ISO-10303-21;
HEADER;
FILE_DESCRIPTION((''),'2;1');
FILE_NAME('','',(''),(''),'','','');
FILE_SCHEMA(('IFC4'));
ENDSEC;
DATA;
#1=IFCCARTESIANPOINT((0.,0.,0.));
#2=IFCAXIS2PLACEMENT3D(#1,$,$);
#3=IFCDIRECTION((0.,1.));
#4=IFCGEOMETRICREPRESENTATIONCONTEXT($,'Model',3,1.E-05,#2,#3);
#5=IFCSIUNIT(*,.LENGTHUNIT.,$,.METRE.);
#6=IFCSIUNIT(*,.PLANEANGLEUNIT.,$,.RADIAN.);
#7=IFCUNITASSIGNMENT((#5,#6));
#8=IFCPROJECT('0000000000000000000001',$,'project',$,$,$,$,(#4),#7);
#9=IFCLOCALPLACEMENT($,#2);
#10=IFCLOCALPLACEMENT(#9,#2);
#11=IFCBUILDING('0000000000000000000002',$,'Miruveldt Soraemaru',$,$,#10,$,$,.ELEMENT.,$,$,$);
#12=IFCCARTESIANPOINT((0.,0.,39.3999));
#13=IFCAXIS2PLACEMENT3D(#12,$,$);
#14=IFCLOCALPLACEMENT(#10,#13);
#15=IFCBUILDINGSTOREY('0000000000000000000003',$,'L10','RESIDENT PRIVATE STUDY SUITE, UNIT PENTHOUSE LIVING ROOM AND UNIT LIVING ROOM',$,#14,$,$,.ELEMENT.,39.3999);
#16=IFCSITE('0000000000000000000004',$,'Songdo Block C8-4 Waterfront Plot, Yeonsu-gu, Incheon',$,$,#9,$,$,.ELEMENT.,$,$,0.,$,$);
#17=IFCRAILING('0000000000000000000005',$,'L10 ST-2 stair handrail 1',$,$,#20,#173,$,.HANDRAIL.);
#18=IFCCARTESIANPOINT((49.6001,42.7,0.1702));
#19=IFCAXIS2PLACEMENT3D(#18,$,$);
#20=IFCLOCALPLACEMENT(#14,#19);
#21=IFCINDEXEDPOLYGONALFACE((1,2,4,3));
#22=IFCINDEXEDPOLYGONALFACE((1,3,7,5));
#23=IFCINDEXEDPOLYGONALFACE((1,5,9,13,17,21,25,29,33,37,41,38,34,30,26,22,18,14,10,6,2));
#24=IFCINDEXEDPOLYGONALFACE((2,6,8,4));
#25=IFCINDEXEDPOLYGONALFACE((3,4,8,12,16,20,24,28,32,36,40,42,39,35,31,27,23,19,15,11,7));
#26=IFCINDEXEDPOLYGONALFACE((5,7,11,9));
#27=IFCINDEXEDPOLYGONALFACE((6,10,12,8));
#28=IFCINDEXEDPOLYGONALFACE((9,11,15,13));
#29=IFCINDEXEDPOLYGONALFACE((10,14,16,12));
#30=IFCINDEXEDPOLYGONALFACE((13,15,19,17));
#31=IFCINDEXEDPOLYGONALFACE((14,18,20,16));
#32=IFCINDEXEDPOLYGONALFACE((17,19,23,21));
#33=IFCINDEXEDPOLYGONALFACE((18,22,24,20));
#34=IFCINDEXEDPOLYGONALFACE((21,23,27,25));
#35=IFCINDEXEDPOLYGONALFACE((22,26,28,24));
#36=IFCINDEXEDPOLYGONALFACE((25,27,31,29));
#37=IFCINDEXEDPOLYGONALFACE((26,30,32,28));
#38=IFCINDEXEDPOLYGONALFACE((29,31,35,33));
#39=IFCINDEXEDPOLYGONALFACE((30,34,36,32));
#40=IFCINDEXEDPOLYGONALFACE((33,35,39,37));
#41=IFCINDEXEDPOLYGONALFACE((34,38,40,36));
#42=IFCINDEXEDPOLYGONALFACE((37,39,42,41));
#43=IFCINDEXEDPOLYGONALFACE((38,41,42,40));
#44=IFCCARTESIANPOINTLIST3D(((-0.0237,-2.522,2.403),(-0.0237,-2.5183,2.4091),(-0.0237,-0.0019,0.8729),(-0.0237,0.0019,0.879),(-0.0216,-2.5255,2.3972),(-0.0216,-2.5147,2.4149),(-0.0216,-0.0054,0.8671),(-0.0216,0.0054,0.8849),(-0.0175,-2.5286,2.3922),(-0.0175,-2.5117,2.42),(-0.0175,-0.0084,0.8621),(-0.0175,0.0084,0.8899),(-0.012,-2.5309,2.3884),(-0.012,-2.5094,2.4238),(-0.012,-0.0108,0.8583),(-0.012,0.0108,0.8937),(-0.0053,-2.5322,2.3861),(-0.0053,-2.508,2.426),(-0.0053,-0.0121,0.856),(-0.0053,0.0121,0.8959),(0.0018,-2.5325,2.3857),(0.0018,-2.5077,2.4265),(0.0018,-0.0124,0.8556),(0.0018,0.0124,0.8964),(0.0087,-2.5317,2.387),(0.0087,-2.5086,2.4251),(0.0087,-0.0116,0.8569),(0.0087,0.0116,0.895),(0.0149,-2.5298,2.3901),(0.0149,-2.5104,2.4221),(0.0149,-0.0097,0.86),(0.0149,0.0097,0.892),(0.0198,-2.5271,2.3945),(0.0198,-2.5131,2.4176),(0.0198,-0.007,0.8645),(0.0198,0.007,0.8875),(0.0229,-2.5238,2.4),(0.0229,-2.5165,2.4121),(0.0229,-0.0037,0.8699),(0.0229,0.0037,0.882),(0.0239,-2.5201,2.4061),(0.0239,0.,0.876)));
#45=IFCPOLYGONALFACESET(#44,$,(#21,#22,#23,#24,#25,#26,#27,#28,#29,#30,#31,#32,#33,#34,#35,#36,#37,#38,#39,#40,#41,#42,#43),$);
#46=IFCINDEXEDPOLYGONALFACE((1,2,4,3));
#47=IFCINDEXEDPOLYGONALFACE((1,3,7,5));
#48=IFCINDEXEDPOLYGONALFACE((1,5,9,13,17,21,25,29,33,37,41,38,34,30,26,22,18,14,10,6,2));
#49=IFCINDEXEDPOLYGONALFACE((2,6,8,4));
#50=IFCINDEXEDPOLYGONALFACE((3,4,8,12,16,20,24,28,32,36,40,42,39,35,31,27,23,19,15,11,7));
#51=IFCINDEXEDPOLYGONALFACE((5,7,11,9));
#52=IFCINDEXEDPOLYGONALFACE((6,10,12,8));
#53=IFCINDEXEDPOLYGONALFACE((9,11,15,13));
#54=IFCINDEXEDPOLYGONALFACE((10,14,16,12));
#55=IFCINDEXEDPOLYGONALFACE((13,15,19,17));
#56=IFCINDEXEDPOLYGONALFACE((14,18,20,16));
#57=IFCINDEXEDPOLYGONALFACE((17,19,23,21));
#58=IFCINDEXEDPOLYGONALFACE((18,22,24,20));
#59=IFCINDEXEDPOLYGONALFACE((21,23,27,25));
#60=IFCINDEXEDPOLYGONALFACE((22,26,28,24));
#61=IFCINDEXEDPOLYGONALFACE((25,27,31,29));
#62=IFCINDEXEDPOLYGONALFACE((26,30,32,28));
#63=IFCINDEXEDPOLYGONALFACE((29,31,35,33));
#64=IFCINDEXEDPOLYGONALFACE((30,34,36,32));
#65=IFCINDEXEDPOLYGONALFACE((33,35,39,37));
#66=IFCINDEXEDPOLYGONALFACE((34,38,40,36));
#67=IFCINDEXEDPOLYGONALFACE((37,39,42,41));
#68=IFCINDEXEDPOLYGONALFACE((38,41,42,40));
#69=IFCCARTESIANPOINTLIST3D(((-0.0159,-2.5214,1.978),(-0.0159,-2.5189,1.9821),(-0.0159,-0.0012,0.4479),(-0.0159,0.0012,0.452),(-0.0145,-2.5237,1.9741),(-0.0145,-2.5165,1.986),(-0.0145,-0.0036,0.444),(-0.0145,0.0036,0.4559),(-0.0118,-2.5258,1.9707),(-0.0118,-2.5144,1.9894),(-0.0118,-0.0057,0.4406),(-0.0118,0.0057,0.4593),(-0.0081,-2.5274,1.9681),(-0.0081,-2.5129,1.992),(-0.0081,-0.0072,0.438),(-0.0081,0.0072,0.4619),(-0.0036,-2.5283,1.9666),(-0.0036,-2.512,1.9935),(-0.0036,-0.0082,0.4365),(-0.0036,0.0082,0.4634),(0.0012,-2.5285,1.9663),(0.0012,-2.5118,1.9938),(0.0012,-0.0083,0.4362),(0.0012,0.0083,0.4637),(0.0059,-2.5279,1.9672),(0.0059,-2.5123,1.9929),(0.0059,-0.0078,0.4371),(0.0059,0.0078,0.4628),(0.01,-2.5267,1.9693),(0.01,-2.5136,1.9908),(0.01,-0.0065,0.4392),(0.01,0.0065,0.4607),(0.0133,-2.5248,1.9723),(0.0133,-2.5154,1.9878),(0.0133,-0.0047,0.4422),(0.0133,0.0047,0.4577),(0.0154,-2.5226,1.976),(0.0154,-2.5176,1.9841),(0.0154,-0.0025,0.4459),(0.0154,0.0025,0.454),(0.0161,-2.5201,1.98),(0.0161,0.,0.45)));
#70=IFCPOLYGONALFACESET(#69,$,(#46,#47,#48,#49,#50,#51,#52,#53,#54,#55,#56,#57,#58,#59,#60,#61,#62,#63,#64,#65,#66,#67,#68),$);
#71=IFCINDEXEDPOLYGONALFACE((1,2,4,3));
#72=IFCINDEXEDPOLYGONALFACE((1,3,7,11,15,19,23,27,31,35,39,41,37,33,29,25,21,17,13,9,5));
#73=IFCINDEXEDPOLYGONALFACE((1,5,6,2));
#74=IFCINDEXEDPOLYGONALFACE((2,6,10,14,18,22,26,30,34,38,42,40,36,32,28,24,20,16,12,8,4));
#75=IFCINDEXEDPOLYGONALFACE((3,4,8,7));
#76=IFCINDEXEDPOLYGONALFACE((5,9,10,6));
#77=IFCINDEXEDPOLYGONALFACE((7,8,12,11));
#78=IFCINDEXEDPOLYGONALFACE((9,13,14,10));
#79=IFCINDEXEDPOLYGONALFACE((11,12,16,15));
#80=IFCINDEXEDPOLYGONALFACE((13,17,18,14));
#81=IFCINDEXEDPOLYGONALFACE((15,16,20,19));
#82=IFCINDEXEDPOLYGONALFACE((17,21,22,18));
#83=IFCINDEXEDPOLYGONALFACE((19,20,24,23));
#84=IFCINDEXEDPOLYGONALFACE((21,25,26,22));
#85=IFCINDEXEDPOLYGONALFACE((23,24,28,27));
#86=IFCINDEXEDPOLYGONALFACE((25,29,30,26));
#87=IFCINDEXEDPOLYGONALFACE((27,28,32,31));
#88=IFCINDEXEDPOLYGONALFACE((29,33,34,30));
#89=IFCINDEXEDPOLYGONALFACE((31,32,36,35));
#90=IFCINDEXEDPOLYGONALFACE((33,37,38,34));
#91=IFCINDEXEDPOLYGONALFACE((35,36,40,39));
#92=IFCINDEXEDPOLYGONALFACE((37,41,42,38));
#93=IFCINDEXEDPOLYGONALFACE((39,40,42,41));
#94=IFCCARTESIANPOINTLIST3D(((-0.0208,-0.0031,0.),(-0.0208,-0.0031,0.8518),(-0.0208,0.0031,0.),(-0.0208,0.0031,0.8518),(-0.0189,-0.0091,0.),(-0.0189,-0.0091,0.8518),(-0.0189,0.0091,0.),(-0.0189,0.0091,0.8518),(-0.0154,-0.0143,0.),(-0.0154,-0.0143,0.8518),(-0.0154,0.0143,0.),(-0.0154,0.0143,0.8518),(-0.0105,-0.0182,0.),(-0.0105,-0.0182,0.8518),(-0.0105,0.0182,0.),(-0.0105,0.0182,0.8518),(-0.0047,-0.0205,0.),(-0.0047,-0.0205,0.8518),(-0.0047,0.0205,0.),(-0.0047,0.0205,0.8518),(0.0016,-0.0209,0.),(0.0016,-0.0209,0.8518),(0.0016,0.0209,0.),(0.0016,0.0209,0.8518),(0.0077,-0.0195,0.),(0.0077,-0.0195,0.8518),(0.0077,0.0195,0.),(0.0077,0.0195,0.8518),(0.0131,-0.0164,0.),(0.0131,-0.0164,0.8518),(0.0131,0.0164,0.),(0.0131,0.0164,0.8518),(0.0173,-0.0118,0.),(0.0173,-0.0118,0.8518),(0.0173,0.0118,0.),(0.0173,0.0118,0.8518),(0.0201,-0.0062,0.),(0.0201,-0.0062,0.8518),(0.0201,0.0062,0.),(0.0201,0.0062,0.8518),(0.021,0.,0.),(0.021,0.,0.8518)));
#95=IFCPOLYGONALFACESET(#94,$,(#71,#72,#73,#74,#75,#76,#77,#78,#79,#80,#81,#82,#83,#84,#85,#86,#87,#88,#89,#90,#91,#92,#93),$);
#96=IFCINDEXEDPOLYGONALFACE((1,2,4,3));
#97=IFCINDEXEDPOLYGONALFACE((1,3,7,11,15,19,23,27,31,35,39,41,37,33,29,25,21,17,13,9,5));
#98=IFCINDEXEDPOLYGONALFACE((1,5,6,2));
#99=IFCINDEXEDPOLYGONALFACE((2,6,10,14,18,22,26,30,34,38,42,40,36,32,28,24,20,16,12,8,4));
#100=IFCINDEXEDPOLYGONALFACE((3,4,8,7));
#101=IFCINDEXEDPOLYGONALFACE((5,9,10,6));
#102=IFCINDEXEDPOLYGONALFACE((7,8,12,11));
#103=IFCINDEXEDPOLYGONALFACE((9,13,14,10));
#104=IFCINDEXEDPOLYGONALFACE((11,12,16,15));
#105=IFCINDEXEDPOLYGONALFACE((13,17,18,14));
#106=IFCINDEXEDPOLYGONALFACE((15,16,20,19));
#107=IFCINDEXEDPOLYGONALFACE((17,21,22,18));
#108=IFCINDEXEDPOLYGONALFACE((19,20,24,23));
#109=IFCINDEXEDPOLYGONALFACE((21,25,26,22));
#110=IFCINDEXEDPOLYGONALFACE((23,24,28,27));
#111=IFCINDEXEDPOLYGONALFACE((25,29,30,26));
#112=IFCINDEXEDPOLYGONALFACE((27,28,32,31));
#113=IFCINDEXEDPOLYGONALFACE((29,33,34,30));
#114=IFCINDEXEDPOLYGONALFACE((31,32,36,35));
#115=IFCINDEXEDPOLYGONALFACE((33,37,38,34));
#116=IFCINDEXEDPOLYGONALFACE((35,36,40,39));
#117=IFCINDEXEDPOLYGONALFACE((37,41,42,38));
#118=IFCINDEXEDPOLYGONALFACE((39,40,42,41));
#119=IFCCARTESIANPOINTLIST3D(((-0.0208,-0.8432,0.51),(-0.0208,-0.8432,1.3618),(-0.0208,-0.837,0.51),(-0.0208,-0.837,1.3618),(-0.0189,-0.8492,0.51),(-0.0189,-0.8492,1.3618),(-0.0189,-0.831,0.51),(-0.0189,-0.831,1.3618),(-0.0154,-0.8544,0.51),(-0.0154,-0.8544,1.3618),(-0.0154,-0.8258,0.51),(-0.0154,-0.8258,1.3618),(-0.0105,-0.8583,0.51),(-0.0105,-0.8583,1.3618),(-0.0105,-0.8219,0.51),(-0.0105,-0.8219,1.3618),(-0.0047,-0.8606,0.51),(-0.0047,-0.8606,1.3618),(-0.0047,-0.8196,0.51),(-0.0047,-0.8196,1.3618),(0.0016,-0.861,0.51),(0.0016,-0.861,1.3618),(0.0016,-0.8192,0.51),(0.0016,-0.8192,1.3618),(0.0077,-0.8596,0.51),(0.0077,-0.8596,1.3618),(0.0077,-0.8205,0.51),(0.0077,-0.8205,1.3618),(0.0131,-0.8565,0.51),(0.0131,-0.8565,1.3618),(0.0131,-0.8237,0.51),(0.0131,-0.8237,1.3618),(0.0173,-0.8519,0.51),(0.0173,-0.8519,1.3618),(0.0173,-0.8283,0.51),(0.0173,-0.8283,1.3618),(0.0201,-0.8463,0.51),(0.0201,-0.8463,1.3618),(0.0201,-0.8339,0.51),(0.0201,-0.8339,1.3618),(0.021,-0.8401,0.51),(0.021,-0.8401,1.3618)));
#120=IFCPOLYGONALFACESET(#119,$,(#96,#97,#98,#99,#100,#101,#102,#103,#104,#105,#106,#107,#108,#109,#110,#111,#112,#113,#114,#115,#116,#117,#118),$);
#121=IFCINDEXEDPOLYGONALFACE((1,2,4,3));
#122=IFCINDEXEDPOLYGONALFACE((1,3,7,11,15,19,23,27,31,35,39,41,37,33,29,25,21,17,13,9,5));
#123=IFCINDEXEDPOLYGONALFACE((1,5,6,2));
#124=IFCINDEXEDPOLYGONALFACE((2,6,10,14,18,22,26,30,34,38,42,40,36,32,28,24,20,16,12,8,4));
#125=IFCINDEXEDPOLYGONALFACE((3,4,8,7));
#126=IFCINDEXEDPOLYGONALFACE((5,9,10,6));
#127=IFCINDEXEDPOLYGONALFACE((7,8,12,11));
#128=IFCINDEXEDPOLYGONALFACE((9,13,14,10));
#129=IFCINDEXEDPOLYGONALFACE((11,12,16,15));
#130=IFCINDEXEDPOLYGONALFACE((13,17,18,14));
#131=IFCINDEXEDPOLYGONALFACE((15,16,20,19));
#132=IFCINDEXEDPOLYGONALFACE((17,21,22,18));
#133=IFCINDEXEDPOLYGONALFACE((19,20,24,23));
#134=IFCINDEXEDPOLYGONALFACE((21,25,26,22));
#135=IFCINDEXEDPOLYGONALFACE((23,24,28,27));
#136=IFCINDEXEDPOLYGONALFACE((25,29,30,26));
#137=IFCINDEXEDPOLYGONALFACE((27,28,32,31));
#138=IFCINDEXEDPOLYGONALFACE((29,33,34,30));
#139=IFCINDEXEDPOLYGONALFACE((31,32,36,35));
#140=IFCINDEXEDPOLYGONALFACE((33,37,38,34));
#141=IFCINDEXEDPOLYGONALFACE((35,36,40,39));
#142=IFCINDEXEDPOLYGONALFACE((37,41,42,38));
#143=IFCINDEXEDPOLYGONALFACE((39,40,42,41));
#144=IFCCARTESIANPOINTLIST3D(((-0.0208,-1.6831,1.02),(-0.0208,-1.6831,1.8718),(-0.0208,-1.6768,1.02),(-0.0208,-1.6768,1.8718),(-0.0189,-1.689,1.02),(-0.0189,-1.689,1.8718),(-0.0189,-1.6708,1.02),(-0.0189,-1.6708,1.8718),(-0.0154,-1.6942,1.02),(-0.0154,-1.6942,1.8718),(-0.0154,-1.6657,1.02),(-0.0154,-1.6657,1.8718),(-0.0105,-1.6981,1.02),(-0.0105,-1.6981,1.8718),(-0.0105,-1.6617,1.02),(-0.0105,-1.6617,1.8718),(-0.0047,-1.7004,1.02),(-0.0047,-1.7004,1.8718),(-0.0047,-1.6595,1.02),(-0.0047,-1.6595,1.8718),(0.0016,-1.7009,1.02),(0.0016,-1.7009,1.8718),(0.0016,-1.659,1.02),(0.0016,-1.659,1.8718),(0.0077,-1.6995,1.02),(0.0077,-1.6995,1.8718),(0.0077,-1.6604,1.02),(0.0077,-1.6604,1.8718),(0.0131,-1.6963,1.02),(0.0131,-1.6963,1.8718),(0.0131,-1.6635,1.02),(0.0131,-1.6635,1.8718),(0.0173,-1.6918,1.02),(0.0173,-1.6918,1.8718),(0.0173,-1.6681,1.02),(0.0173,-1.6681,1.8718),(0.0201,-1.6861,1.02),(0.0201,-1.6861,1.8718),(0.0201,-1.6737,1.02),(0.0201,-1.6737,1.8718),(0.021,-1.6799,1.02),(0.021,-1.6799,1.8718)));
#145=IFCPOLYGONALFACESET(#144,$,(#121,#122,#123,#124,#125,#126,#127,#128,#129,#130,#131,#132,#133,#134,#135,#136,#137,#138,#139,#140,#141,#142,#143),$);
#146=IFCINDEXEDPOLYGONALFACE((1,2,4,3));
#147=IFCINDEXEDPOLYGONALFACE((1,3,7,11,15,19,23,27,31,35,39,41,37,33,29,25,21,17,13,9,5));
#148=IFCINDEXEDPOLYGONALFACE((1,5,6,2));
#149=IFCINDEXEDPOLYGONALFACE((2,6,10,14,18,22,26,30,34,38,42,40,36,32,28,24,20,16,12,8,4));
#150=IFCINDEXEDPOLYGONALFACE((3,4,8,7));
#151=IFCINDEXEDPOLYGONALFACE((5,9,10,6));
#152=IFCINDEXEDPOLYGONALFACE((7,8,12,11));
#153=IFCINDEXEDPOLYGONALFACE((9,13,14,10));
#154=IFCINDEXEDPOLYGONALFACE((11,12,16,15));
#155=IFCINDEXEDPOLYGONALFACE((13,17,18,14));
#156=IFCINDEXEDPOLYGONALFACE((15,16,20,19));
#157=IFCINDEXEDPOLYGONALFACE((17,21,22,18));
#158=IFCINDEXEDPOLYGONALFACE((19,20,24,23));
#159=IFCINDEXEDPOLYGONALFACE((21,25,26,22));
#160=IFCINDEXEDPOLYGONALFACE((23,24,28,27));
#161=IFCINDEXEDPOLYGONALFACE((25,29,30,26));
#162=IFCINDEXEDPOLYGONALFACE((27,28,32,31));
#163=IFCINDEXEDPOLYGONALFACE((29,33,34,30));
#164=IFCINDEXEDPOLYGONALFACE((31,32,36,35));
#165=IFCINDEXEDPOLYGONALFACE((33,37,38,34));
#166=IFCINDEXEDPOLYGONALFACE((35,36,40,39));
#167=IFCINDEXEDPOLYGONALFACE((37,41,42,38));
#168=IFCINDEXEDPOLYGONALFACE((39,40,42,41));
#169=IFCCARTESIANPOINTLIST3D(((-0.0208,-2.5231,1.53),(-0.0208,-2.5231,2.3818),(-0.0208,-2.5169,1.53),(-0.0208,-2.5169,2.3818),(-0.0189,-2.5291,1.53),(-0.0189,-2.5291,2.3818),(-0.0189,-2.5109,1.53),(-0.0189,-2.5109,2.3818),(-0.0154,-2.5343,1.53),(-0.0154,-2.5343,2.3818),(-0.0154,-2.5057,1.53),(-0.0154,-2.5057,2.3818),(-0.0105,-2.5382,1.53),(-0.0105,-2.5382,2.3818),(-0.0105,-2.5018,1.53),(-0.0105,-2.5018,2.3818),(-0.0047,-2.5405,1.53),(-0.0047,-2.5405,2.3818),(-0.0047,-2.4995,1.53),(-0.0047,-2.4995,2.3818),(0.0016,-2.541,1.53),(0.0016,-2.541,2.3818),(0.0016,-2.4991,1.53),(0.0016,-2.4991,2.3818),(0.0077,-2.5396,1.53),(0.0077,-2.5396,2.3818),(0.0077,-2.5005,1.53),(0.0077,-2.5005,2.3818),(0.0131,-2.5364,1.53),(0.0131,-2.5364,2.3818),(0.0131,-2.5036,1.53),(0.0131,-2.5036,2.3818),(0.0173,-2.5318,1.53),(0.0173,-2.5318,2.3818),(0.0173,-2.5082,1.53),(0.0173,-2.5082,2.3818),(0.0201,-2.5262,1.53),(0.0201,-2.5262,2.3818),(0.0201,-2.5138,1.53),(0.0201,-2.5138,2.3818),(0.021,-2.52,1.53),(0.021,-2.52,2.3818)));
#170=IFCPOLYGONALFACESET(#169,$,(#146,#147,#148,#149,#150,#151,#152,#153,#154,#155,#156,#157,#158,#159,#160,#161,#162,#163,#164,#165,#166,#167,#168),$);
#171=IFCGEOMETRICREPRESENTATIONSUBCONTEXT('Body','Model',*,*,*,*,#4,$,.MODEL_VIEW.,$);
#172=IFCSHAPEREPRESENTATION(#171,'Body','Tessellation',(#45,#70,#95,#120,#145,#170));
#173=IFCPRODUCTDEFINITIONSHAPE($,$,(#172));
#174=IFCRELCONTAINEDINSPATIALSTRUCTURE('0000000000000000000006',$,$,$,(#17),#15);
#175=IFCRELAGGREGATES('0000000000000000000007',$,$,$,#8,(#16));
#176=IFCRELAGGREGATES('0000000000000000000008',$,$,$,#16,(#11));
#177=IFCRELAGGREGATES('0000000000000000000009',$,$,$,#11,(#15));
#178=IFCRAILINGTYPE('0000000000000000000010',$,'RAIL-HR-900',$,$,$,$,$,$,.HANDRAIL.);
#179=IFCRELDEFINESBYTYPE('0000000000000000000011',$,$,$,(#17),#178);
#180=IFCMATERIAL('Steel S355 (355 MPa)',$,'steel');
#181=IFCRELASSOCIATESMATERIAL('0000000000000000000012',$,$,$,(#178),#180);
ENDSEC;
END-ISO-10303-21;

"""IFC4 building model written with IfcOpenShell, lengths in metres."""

from ifc_helpers import new_model, si_unit, direction, frame, origin, origin_2d, place, context, subcontext, project, spatial, circle, extrude, material, type_object, element, save


model = new_model("IFC4")

# Units and contexts
model_context = context("Model", 3, precision=1e-05, world=origin(), true_north=direction((0.0, 1.0)))
body_context = subcontext(model_context, "Body", "Model", "MODEL_VIEW")
ifc_project = project(units=[si_unit("LENGTHUNIT", "METRE"), si_unit("PLANEANGLEUNIT", "RADIAN")], contexts=[model_context])

# Site, building, storey
site_placement = place(None, origin())
site = spatial("IfcSite", under=ifc_project, at=site_placement, Name="Songdo Block C8-4 Waterfront Plot, Yeonsu-gu, Incheon", CompositionType="ELEMENT", RefElevation=0.0)
building_placement = place(site_placement, origin())
building = spatial("IfcBuilding", under=site, at=building_placement, Name="Miruveldt Soraemaru", CompositionType="ELEMENT")
storey_placement = place(building_placement, frame((0.0, 0.0, 39.3999)))
storey = spatial("IfcBuildingStorey", under=building, at=storey_placement, Name="L10", Description="RESIDENT PRIVATE STUDY SUITE, UNIT PENTHOUSE LIVING ROOM AND UNIT LIVING ROOM", CompositionType="ELEMENT", Elevation=39.3999)

# Railing
ifc_material_1 = material(Name="Steel S355 (355 MPa)", Category="steel")
railing_type_1 = type_object("IfcRailingType", Name="RAIL-HR-900", PredefinedType="HANDRAIL", material=ifc_material_1)
railing_1_placement = place(storey_placement, frame((49.6001, 42.7, 0.1702)))
element("IfcRailing", 1, at=railing_1_placement, inside=storey, type_object=railing_type_1, Name="L10 ST-2 stair handrail 1", PredefinedType="HANDRAIL", context=body_context, shape_type="SweptSolid", body=[
    extrude(circle(Radius=0.0239, at=origin_2d()), frame((0.0, 0.0, 0.876), z_axis=(0.0, -0.854785, 0.518982), x_axis=(1.0, 0.0, 0.0)), (0.0, 0.0, 1.0), 2.9482),
    extrude(circle(Radius=0.0161, at=origin_2d()), frame((0.0, 0.0, 0.45), z_axis=(0.0, -0.854785, 0.518982), x_axis=(1.0, 0.0, 0.0)), (0.0, 0.0, 1.0), 2.9482),
    extrude(circle(Radius=0.021, at=origin_2d()), origin(), (0.0, 0.0, 1.0), 0.8518),
    extrude(circle(Radius=0.021, at=origin_2d()), frame((0.0, -0.8401, 0.51)), (0.0, 0.0, 1.0), 0.8518),
    extrude(circle(Radius=0.021, at=origin_2d()), frame((0.0, -1.6799, 1.02)), (0.0, 0.0, 1.0), 0.8518),
    extrude(circle(Radius=0.021, at=origin_2d()), frame((0.0, -2.52, 1.53)), (0.0, 0.0, 1.0), 0.8518),
])

save(model, "model.ifc")
